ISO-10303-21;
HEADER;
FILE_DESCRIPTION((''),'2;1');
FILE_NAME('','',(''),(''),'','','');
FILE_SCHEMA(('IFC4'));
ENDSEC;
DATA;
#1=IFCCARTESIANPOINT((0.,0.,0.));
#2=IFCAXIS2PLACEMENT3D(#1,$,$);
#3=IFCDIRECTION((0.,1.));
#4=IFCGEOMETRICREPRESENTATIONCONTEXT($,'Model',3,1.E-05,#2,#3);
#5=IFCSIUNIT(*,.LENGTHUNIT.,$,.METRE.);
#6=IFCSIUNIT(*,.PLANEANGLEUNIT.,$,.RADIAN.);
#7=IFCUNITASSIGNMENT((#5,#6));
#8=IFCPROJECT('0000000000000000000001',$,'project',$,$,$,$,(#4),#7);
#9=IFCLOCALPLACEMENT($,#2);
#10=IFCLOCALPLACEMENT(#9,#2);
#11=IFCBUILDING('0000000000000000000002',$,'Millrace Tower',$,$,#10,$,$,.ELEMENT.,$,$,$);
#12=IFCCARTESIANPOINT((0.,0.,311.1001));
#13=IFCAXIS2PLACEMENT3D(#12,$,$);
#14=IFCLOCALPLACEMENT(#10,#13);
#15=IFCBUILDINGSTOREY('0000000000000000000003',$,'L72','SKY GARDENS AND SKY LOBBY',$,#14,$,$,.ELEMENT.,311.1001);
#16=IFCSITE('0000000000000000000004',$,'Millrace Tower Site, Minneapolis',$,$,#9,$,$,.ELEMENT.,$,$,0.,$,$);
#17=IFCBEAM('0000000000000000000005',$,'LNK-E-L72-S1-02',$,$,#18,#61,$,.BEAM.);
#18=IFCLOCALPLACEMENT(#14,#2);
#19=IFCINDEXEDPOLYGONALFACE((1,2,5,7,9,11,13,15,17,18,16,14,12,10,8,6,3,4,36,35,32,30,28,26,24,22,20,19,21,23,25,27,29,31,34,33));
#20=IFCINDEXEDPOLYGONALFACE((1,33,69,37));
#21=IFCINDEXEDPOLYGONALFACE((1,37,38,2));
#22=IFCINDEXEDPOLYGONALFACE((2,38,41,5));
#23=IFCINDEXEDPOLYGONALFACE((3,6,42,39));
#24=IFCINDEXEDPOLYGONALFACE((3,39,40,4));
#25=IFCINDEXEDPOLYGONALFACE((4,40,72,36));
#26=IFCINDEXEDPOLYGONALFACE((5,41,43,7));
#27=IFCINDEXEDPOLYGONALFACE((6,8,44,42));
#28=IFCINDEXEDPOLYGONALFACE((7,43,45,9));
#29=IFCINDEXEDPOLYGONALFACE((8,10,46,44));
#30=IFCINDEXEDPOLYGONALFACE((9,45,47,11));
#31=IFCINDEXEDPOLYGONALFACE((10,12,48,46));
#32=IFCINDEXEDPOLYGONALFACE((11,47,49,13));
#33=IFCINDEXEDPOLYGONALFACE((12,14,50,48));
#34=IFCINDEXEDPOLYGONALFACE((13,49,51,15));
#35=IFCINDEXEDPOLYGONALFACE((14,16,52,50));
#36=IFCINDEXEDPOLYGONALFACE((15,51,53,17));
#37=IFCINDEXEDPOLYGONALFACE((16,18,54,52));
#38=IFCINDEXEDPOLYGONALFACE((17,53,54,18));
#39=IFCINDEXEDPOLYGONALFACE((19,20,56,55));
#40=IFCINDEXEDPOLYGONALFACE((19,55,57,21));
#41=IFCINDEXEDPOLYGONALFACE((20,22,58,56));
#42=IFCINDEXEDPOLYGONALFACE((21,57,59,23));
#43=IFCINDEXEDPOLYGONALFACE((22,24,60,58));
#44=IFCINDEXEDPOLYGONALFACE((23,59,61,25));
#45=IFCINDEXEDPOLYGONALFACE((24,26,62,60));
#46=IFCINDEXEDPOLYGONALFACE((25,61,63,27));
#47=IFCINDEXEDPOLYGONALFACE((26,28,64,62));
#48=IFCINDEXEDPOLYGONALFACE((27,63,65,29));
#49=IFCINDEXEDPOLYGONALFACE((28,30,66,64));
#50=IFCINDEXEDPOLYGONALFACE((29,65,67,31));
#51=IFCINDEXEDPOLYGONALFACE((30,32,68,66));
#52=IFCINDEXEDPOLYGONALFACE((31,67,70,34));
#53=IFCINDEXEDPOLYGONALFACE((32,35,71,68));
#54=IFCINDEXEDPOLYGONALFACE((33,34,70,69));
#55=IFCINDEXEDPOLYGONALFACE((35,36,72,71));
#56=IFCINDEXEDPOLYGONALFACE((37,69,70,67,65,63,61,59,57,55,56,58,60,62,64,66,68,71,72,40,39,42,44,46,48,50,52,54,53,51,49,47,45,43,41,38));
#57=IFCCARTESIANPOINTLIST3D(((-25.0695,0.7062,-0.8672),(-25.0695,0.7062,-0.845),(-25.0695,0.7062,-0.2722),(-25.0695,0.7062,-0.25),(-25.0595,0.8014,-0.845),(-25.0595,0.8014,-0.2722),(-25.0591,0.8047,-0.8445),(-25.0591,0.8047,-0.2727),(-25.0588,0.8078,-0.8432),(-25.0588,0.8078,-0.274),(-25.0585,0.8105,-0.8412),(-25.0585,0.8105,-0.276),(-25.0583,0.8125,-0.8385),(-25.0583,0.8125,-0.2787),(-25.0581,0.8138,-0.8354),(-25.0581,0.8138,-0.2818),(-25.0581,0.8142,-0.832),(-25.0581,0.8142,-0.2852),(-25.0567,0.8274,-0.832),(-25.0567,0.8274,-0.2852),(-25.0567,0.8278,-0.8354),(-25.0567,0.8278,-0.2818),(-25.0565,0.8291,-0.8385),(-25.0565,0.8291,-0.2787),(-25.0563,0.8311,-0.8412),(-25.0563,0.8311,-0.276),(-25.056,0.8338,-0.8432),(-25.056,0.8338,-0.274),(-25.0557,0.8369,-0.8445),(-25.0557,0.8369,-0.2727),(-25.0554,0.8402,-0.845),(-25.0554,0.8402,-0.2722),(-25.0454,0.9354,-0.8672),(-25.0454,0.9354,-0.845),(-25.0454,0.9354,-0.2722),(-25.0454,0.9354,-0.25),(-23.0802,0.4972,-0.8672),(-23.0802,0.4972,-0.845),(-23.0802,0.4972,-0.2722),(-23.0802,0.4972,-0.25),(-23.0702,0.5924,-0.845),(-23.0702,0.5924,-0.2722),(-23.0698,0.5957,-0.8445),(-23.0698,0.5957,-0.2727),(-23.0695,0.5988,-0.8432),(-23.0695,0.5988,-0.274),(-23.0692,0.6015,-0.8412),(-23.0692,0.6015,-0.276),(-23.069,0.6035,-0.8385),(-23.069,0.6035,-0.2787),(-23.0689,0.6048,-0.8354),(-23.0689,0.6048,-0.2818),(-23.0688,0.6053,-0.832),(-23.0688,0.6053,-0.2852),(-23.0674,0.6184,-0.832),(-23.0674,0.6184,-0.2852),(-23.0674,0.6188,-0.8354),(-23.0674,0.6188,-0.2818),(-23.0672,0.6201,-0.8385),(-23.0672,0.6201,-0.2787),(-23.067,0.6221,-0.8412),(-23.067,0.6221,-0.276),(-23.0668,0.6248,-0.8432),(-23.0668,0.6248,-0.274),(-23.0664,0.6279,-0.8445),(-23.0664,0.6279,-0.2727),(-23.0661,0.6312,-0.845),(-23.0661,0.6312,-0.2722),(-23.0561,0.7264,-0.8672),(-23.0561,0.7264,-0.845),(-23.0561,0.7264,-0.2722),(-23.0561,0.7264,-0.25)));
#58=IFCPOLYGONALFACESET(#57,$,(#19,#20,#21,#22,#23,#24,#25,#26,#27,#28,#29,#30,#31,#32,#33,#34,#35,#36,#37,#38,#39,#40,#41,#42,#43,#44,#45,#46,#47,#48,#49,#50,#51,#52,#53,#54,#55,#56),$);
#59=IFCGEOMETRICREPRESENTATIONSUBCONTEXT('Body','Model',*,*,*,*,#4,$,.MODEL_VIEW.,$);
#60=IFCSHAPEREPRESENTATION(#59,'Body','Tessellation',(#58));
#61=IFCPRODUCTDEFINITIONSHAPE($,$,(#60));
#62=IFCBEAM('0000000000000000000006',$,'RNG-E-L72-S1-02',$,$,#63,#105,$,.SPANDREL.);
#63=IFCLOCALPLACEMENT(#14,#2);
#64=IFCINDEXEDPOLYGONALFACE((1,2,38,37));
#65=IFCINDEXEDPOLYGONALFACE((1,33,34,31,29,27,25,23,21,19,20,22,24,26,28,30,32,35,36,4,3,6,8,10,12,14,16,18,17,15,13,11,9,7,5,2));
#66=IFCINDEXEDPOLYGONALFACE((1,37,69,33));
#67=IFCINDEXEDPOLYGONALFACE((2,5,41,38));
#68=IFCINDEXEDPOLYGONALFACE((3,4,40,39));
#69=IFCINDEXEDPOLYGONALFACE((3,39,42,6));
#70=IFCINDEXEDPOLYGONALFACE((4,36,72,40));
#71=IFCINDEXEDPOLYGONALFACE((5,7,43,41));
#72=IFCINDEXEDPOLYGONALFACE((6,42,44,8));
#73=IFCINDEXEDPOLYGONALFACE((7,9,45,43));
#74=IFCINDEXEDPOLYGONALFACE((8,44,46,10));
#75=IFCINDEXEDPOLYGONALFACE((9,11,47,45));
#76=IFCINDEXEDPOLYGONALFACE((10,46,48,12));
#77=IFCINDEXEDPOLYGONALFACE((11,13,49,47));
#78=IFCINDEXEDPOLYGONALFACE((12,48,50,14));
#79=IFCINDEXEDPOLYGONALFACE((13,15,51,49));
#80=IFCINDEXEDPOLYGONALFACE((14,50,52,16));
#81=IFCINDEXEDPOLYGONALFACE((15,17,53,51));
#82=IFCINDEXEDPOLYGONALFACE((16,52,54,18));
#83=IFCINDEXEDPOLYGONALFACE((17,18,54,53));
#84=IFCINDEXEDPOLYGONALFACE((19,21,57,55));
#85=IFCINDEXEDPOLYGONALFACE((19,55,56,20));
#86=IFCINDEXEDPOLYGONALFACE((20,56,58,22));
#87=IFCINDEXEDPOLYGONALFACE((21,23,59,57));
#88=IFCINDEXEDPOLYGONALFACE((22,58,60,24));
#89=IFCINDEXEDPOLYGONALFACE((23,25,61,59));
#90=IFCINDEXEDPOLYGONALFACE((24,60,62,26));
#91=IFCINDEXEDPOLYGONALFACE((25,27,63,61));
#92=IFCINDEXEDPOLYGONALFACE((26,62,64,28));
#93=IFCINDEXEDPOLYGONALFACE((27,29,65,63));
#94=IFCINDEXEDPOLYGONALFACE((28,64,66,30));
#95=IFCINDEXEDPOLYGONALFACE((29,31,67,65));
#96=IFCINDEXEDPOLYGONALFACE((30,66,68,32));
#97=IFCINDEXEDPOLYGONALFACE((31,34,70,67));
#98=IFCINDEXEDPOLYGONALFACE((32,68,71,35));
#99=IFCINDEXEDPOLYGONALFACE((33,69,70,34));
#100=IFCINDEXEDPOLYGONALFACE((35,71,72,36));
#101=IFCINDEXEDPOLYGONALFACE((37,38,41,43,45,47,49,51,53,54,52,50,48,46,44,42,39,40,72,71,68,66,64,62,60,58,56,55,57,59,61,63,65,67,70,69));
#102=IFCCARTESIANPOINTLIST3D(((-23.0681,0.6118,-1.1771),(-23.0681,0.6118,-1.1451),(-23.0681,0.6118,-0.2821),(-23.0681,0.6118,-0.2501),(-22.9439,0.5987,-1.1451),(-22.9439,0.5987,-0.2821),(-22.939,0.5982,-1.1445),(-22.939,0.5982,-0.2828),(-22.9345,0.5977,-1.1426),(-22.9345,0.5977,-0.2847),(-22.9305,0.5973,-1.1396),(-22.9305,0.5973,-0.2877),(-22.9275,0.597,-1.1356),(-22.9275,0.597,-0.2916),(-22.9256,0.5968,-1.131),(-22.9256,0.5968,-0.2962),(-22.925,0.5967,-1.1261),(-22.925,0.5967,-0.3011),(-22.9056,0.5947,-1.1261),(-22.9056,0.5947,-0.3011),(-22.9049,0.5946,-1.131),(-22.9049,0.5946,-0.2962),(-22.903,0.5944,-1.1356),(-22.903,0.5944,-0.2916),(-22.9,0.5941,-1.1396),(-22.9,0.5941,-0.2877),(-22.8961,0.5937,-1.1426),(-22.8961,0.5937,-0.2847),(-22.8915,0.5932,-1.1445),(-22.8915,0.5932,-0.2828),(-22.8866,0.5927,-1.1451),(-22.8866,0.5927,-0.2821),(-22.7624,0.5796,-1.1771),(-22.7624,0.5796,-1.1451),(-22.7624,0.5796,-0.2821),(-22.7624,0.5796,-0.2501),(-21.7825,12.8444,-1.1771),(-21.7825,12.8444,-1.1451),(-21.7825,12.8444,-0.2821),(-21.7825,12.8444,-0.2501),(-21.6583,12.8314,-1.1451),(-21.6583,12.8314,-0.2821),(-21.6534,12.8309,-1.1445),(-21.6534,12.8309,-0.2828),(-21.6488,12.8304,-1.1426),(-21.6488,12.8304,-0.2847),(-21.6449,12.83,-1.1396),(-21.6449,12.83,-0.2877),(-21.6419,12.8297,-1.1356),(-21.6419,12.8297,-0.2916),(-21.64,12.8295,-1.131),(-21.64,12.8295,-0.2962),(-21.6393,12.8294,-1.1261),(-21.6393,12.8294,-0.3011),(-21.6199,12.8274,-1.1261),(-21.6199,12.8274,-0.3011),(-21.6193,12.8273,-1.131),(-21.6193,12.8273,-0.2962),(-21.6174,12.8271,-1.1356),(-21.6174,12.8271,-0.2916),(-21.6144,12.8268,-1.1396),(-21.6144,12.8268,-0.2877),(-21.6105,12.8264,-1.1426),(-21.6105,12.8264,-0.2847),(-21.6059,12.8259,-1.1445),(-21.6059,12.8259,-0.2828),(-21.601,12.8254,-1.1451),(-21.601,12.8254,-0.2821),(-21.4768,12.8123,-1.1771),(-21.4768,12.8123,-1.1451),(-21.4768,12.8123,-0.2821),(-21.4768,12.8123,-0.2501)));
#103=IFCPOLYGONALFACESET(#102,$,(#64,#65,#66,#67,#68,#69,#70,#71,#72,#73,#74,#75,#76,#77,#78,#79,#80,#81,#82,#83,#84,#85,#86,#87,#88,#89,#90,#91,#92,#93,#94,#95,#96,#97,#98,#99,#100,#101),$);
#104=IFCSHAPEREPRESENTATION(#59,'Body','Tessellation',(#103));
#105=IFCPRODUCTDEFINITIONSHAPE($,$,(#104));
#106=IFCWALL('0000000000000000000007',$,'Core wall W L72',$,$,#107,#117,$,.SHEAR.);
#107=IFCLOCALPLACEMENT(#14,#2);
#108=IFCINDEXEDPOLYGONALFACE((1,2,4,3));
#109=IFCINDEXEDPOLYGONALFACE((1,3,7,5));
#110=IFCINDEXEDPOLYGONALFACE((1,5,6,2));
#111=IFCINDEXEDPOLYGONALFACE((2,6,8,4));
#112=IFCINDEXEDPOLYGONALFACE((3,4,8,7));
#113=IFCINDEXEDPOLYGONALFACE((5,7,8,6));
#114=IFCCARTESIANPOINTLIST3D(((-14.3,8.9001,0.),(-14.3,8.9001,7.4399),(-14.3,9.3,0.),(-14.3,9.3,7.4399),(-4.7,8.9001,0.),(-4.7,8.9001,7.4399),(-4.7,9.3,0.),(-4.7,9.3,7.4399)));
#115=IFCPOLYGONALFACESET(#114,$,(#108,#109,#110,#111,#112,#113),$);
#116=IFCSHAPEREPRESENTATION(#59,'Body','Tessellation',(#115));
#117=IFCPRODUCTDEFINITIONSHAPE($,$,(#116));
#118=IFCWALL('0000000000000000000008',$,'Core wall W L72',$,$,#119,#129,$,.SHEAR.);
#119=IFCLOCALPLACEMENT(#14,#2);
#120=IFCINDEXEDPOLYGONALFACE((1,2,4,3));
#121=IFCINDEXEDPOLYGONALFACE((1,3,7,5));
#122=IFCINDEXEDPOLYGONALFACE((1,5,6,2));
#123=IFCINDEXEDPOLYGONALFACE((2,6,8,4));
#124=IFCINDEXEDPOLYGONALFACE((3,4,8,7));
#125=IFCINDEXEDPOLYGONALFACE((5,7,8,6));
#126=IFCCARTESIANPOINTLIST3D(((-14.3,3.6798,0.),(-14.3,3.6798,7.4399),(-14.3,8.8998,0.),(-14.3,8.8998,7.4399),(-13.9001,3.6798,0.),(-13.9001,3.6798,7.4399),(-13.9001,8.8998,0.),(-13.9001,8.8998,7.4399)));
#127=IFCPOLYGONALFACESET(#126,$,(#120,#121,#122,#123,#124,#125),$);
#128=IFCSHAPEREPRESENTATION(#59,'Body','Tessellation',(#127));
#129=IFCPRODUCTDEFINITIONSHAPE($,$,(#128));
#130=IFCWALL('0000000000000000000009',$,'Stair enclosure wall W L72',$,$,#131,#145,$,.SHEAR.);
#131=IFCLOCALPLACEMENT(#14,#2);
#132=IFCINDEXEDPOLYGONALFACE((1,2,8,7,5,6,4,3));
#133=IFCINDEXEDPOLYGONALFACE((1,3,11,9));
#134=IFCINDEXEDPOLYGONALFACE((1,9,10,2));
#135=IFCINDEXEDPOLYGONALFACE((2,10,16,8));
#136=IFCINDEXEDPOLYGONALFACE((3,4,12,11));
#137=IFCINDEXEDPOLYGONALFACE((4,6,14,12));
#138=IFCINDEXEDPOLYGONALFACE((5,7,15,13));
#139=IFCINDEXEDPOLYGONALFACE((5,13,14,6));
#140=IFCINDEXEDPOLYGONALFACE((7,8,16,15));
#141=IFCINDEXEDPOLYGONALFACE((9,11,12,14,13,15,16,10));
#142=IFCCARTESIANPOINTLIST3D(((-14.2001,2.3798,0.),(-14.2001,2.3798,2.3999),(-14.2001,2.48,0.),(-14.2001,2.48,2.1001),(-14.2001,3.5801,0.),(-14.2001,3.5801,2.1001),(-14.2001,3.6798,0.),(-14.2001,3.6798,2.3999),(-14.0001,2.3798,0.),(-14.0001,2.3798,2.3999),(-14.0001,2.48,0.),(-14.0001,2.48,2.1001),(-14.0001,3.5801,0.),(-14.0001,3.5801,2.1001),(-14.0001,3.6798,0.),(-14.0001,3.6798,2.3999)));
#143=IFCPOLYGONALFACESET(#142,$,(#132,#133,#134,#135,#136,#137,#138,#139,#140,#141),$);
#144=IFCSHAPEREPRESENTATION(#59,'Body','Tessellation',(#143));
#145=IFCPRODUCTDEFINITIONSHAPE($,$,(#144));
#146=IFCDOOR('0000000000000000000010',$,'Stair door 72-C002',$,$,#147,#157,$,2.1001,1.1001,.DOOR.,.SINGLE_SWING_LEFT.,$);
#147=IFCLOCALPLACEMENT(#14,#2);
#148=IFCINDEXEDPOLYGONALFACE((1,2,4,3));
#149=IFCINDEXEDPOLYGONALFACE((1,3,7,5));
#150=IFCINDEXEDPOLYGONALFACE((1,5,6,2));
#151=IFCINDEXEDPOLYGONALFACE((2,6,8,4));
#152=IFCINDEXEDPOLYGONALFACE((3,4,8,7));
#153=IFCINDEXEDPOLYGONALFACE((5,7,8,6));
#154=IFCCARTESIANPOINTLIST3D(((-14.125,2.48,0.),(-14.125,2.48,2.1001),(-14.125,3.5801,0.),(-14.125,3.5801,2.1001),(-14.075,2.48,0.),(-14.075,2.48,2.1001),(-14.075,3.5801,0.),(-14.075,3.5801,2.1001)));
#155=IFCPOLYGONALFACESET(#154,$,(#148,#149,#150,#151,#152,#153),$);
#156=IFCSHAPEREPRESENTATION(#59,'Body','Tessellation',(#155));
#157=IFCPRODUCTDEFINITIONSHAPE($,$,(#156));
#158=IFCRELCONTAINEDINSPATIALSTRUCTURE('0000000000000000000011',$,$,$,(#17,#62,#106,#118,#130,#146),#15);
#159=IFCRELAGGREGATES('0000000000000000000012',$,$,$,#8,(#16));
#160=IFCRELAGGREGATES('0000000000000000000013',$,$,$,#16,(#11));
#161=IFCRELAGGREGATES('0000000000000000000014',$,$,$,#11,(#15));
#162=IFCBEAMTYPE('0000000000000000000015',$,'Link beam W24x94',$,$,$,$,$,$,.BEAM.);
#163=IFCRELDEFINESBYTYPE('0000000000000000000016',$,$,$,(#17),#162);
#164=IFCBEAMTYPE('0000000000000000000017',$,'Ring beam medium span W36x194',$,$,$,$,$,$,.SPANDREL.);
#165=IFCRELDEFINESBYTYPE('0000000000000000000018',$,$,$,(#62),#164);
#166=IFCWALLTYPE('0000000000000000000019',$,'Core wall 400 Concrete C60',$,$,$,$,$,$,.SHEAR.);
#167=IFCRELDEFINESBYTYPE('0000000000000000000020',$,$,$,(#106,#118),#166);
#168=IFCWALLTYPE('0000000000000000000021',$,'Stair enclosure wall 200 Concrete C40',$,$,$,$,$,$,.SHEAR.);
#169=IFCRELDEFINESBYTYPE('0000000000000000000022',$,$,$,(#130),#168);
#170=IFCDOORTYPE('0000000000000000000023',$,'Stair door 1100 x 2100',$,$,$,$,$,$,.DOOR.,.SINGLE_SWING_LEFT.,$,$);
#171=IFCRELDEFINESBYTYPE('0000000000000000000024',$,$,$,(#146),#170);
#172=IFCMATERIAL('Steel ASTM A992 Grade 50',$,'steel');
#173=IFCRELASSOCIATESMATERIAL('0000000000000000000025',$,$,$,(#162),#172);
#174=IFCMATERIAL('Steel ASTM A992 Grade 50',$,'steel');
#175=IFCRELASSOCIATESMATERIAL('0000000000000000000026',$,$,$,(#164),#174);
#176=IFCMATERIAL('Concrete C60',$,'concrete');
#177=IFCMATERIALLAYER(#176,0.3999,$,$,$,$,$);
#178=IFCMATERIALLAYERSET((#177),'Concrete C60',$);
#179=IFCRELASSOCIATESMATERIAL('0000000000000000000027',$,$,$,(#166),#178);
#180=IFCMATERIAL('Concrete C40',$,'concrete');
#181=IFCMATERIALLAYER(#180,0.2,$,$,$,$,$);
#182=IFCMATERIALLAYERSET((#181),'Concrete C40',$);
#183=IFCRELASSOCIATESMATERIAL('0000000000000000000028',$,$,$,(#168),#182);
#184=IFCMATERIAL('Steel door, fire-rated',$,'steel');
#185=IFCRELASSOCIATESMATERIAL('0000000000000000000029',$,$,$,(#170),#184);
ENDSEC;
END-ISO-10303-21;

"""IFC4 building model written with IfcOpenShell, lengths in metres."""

from ifc_helpers import new_model, si_unit, direction, frame, frame_2d, origin, origin_2d, place, context, subcontext, project, spatial, rectangle, i_section, extrude, material, layer, layer_set, material_profile, profile_set, type_object, element, fill, save


model = new_model("IFC4")

# Units and contexts
model_context = context("Model", 3, precision=1e-05, world=origin(), true_north=direction((0.0, 1.0)))
body_context = subcontext(model_context, "Body", "Model", "MODEL_VIEW")
ifc_project = project(units=[si_unit("LENGTHUNIT", "METRE"), si_unit("PLANEANGLEUNIT", "RADIAN")], contexts=[model_context])

# Site, building, storey
site_placement = place(None, origin())
site = spatial("IfcSite", under=ifc_project, at=site_placement, Name="Millrace Tower Site, Minneapolis", CompositionType="ELEMENT", RefElevation=0.0)
building_placement = place(site_placement, origin())
building = spatial("IfcBuilding", under=site, at=building_placement, Name="Millrace Tower", CompositionType="ELEMENT")
storey_placement = place(building_placement, frame((0.0, 0.0, 311.1001)))
storey = spatial("IfcBuildingStorey", under=building, at=storey_placement, Name="L72", Description="SKY GARDENS AND SKY LOBBY", CompositionType="ELEMENT", Elevation=311.1001)

# Beams
ifc_material_1 = material(Name="Steel ASTM A992 Grade 50", Category="steel")
ifc_material_profile_1 = material_profile(ifc_material_1, i_section(OverallWidth=0.2305, OverallDepth=0.6172, WebThickness=0.0132, FlangeThickness=0.0222, FilletRadius=0.0129, at=origin_2d()))
ifc_profile_set_1 = profile_set([ifc_material_profile_1], Name="Steel ASTM A992 Grade 50")
beam_type_1 = type_object("IfcBeamType", Name="Link beam W24x94", PredefinedType="BEAM", material=ifc_profile_set_1)
beam_1_placement = place(storey_placement, frame((-23.0681, 0.6118, -0.5586), z_axis=(-0.994527, 0.104481, 0.0), x_axis=(-0.104481, -0.994527, 0.0)))
element("IfcBeam", 1, at=beam_1_placement, inside=storey, type_object=beam_type_1, Name="LNK-E-L72-S1-02", PredefinedType="BEAM", context=body_context, shape_type="SweptSolid", body=[
    extrude(i_section(OverallWidth=0.2305, OverallDepth=0.6172, WebThickness=0.0132, FlangeThickness=0.0222, FilletRadius=0.0129, at=origin_2d()), origin(), (0.0, 0.0, 1.0), 2.0002),
])
ifc_material_2 = material(Name="Steel ASTM A992 Grade 50", Category="steel")
ifc_material_profile_2 = material_profile(ifc_material_2, i_section(OverallWidth=0.3074, OverallDepth=0.927, WebThickness=0.0195, FlangeThickness=0.032, FilletRadius=0.019, at=origin_2d()))
ifc_profile_set_2 = profile_set([ifc_material_profile_2], Name="Steel ASTM A992 Grade 50")
beam_type_2 = type_object("IfcBeamType", Name="Ring beam medium span W36x194", PredefinedType="SPANDREL", material=ifc_profile_set_2)
beam_2_placement = place(storey_placement, frame((-22.9153, 0.5957, -0.7136), z_axis=(0.104524, 0.994522, 0.0), x_axis=(-0.994522, 0.104524, 0.0)))
element("IfcBeam", 2, at=beam_2_placement, inside=storey, type_object=beam_type_2, Name="RNG-E-L72-S1-02", PredefinedType="SPANDREL", context=body_context, shape_type="SweptSolid", body=[
    extrude(i_section(OverallWidth=0.3074, OverallDepth=0.927, WebThickness=0.0195, FlangeThickness=0.032, FilletRadius=0.019, at=origin_2d()), origin(), (0.0, 0.0, 1.0), 12.3),
])

# Walls
ifc_material_3 = material(Name="Concrete C60", Category="concrete")
ifc_layer_1 = layer(ifc_material_3, 0.3999)
ifc_layer_set_1 = layer_set([ifc_layer_1], Name="Concrete C60")
wall_type_1 = type_object("IfcWallType", Name="Core wall 400 Concrete C60", PredefinedType="SHEAR", material=ifc_layer_set_1)
wall_1_placement = place(storey_placement, frame((-14.3, 9.1001, 0.0), z_axis=(0.0, 0.0, 1.0), x_axis=(1.0, 0.0, 0.0)))
element("IfcWall", 3, at=wall_1_placement, inside=storey, type_object=wall_type_1, Name="Core wall W L72", PredefinedType="SHEAR", context=body_context, shape_type="SweptSolid", body=[
    extrude(rectangle(XDim=9.6001, YDim=0.3999, at=frame_2d((4.8, 0.0))), origin(), (0.0, 0.0, 1.0), 7.4399),
])
wall_2_placement = place(storey_placement, frame((-14.1001, 3.6799, 0.0), z_axis=(0.0, 0.0, 1.0), x_axis=(0.0, 1.0, 0.0)))
element("IfcWall", 4, at=wall_2_placement, inside=storey, type_object=wall_type_1, Name="Core wall W L72", PredefinedType="SHEAR", context=body_context, shape_type="SweptSolid", body=[
    extrude(rectangle(XDim=5.22, YDim=0.3999, at=frame_2d((2.6099, 0.0))), origin(), (0.0, 0.0, 1.0), 7.4399),
])

# Wall, opening, door
ifc_material_4 = material(Name="Concrete C40", Category="concrete")
ifc_layer_2 = layer(ifc_material_4, 0.2)
ifc_layer_set_2 = layer_set([ifc_layer_2], Name="Concrete C40")
wall_type_2 = type_object("IfcWallType", Name="Stair enclosure wall 200 Concrete C40", PredefinedType="SHEAR", material=ifc_layer_set_2)
wall_3_placement = place(storey_placement, frame((-14.1001, 2.3799, 0.0), z_axis=(0.0, 0.0, 1.0), x_axis=(0.0, 1.0, 0.0)))
wall_3 = element("IfcWall", 5, at=wall_3_placement, inside=storey, type_object=wall_type_2, Name="Stair enclosure wall W L72", PredefinedType="SHEAR", context=body_context, shape_type="SweptSolid", body=[
    extrude(rectangle(XDim=1.3, YDim=0.2, at=frame_2d((0.6499, 0.0))), origin(), (0.0, 0.0, 1.0), 2.3999),
])
opening_1_placement = place(wall_3_placement, frame((0.1001, 0.0, 0.0)))
opening_1 = element("IfcOpeningElement", 6, at=opening_1_placement, cuts=wall_3, PredefinedType="OPENING", context=body_context, shape_type="SweptSolid", body=[
    extrude(rectangle(XDim=1.1001, YDim=2.1001, at=frame_2d((0.55, 1.05))), frame((0.0, 0.1099, 0.0), z_axis=(0.0, -1.0, 0.0), x_axis=(1.0, 0.0, 0.0)), (0.0, 0.0, 1.0), 0.22),
])
ifc_material_5 = material(Name="Steel door, fire-rated", Category="steel")
door_type_1 = type_object("IfcDoorType", Name="Stair door 1100 x 2100", OperationType="SINGLE_SWING_LEFT", PredefinedType="DOOR", material=ifc_material_5)
door_1_placement = place(opening_1_placement, origin())
door_1 = element("IfcDoor", 7, at=door_1_placement, inside=storey, type_object=door_type_1, Name="Stair door 72-C002", OperationType="SINGLE_SWING_LEFT", OverallHeight=2.1001, OverallWidth=1.1001, PredefinedType="DOOR", context=body_context, shape_type="SweptSolid", body=[
    extrude(rectangle(XDim=1.1001, YDim=2.1001, at=frame_2d((0.55, 1.05))), frame((0.0, 0.0249, 0.0), z_axis=(0.0, -1.0, 0.0), x_axis=(1.0, 0.0, 0.0)), (0.0, 0.0, 1.0), 0.05),
])
fill(opening_1, door_1)

save(model, "model.ifc")
